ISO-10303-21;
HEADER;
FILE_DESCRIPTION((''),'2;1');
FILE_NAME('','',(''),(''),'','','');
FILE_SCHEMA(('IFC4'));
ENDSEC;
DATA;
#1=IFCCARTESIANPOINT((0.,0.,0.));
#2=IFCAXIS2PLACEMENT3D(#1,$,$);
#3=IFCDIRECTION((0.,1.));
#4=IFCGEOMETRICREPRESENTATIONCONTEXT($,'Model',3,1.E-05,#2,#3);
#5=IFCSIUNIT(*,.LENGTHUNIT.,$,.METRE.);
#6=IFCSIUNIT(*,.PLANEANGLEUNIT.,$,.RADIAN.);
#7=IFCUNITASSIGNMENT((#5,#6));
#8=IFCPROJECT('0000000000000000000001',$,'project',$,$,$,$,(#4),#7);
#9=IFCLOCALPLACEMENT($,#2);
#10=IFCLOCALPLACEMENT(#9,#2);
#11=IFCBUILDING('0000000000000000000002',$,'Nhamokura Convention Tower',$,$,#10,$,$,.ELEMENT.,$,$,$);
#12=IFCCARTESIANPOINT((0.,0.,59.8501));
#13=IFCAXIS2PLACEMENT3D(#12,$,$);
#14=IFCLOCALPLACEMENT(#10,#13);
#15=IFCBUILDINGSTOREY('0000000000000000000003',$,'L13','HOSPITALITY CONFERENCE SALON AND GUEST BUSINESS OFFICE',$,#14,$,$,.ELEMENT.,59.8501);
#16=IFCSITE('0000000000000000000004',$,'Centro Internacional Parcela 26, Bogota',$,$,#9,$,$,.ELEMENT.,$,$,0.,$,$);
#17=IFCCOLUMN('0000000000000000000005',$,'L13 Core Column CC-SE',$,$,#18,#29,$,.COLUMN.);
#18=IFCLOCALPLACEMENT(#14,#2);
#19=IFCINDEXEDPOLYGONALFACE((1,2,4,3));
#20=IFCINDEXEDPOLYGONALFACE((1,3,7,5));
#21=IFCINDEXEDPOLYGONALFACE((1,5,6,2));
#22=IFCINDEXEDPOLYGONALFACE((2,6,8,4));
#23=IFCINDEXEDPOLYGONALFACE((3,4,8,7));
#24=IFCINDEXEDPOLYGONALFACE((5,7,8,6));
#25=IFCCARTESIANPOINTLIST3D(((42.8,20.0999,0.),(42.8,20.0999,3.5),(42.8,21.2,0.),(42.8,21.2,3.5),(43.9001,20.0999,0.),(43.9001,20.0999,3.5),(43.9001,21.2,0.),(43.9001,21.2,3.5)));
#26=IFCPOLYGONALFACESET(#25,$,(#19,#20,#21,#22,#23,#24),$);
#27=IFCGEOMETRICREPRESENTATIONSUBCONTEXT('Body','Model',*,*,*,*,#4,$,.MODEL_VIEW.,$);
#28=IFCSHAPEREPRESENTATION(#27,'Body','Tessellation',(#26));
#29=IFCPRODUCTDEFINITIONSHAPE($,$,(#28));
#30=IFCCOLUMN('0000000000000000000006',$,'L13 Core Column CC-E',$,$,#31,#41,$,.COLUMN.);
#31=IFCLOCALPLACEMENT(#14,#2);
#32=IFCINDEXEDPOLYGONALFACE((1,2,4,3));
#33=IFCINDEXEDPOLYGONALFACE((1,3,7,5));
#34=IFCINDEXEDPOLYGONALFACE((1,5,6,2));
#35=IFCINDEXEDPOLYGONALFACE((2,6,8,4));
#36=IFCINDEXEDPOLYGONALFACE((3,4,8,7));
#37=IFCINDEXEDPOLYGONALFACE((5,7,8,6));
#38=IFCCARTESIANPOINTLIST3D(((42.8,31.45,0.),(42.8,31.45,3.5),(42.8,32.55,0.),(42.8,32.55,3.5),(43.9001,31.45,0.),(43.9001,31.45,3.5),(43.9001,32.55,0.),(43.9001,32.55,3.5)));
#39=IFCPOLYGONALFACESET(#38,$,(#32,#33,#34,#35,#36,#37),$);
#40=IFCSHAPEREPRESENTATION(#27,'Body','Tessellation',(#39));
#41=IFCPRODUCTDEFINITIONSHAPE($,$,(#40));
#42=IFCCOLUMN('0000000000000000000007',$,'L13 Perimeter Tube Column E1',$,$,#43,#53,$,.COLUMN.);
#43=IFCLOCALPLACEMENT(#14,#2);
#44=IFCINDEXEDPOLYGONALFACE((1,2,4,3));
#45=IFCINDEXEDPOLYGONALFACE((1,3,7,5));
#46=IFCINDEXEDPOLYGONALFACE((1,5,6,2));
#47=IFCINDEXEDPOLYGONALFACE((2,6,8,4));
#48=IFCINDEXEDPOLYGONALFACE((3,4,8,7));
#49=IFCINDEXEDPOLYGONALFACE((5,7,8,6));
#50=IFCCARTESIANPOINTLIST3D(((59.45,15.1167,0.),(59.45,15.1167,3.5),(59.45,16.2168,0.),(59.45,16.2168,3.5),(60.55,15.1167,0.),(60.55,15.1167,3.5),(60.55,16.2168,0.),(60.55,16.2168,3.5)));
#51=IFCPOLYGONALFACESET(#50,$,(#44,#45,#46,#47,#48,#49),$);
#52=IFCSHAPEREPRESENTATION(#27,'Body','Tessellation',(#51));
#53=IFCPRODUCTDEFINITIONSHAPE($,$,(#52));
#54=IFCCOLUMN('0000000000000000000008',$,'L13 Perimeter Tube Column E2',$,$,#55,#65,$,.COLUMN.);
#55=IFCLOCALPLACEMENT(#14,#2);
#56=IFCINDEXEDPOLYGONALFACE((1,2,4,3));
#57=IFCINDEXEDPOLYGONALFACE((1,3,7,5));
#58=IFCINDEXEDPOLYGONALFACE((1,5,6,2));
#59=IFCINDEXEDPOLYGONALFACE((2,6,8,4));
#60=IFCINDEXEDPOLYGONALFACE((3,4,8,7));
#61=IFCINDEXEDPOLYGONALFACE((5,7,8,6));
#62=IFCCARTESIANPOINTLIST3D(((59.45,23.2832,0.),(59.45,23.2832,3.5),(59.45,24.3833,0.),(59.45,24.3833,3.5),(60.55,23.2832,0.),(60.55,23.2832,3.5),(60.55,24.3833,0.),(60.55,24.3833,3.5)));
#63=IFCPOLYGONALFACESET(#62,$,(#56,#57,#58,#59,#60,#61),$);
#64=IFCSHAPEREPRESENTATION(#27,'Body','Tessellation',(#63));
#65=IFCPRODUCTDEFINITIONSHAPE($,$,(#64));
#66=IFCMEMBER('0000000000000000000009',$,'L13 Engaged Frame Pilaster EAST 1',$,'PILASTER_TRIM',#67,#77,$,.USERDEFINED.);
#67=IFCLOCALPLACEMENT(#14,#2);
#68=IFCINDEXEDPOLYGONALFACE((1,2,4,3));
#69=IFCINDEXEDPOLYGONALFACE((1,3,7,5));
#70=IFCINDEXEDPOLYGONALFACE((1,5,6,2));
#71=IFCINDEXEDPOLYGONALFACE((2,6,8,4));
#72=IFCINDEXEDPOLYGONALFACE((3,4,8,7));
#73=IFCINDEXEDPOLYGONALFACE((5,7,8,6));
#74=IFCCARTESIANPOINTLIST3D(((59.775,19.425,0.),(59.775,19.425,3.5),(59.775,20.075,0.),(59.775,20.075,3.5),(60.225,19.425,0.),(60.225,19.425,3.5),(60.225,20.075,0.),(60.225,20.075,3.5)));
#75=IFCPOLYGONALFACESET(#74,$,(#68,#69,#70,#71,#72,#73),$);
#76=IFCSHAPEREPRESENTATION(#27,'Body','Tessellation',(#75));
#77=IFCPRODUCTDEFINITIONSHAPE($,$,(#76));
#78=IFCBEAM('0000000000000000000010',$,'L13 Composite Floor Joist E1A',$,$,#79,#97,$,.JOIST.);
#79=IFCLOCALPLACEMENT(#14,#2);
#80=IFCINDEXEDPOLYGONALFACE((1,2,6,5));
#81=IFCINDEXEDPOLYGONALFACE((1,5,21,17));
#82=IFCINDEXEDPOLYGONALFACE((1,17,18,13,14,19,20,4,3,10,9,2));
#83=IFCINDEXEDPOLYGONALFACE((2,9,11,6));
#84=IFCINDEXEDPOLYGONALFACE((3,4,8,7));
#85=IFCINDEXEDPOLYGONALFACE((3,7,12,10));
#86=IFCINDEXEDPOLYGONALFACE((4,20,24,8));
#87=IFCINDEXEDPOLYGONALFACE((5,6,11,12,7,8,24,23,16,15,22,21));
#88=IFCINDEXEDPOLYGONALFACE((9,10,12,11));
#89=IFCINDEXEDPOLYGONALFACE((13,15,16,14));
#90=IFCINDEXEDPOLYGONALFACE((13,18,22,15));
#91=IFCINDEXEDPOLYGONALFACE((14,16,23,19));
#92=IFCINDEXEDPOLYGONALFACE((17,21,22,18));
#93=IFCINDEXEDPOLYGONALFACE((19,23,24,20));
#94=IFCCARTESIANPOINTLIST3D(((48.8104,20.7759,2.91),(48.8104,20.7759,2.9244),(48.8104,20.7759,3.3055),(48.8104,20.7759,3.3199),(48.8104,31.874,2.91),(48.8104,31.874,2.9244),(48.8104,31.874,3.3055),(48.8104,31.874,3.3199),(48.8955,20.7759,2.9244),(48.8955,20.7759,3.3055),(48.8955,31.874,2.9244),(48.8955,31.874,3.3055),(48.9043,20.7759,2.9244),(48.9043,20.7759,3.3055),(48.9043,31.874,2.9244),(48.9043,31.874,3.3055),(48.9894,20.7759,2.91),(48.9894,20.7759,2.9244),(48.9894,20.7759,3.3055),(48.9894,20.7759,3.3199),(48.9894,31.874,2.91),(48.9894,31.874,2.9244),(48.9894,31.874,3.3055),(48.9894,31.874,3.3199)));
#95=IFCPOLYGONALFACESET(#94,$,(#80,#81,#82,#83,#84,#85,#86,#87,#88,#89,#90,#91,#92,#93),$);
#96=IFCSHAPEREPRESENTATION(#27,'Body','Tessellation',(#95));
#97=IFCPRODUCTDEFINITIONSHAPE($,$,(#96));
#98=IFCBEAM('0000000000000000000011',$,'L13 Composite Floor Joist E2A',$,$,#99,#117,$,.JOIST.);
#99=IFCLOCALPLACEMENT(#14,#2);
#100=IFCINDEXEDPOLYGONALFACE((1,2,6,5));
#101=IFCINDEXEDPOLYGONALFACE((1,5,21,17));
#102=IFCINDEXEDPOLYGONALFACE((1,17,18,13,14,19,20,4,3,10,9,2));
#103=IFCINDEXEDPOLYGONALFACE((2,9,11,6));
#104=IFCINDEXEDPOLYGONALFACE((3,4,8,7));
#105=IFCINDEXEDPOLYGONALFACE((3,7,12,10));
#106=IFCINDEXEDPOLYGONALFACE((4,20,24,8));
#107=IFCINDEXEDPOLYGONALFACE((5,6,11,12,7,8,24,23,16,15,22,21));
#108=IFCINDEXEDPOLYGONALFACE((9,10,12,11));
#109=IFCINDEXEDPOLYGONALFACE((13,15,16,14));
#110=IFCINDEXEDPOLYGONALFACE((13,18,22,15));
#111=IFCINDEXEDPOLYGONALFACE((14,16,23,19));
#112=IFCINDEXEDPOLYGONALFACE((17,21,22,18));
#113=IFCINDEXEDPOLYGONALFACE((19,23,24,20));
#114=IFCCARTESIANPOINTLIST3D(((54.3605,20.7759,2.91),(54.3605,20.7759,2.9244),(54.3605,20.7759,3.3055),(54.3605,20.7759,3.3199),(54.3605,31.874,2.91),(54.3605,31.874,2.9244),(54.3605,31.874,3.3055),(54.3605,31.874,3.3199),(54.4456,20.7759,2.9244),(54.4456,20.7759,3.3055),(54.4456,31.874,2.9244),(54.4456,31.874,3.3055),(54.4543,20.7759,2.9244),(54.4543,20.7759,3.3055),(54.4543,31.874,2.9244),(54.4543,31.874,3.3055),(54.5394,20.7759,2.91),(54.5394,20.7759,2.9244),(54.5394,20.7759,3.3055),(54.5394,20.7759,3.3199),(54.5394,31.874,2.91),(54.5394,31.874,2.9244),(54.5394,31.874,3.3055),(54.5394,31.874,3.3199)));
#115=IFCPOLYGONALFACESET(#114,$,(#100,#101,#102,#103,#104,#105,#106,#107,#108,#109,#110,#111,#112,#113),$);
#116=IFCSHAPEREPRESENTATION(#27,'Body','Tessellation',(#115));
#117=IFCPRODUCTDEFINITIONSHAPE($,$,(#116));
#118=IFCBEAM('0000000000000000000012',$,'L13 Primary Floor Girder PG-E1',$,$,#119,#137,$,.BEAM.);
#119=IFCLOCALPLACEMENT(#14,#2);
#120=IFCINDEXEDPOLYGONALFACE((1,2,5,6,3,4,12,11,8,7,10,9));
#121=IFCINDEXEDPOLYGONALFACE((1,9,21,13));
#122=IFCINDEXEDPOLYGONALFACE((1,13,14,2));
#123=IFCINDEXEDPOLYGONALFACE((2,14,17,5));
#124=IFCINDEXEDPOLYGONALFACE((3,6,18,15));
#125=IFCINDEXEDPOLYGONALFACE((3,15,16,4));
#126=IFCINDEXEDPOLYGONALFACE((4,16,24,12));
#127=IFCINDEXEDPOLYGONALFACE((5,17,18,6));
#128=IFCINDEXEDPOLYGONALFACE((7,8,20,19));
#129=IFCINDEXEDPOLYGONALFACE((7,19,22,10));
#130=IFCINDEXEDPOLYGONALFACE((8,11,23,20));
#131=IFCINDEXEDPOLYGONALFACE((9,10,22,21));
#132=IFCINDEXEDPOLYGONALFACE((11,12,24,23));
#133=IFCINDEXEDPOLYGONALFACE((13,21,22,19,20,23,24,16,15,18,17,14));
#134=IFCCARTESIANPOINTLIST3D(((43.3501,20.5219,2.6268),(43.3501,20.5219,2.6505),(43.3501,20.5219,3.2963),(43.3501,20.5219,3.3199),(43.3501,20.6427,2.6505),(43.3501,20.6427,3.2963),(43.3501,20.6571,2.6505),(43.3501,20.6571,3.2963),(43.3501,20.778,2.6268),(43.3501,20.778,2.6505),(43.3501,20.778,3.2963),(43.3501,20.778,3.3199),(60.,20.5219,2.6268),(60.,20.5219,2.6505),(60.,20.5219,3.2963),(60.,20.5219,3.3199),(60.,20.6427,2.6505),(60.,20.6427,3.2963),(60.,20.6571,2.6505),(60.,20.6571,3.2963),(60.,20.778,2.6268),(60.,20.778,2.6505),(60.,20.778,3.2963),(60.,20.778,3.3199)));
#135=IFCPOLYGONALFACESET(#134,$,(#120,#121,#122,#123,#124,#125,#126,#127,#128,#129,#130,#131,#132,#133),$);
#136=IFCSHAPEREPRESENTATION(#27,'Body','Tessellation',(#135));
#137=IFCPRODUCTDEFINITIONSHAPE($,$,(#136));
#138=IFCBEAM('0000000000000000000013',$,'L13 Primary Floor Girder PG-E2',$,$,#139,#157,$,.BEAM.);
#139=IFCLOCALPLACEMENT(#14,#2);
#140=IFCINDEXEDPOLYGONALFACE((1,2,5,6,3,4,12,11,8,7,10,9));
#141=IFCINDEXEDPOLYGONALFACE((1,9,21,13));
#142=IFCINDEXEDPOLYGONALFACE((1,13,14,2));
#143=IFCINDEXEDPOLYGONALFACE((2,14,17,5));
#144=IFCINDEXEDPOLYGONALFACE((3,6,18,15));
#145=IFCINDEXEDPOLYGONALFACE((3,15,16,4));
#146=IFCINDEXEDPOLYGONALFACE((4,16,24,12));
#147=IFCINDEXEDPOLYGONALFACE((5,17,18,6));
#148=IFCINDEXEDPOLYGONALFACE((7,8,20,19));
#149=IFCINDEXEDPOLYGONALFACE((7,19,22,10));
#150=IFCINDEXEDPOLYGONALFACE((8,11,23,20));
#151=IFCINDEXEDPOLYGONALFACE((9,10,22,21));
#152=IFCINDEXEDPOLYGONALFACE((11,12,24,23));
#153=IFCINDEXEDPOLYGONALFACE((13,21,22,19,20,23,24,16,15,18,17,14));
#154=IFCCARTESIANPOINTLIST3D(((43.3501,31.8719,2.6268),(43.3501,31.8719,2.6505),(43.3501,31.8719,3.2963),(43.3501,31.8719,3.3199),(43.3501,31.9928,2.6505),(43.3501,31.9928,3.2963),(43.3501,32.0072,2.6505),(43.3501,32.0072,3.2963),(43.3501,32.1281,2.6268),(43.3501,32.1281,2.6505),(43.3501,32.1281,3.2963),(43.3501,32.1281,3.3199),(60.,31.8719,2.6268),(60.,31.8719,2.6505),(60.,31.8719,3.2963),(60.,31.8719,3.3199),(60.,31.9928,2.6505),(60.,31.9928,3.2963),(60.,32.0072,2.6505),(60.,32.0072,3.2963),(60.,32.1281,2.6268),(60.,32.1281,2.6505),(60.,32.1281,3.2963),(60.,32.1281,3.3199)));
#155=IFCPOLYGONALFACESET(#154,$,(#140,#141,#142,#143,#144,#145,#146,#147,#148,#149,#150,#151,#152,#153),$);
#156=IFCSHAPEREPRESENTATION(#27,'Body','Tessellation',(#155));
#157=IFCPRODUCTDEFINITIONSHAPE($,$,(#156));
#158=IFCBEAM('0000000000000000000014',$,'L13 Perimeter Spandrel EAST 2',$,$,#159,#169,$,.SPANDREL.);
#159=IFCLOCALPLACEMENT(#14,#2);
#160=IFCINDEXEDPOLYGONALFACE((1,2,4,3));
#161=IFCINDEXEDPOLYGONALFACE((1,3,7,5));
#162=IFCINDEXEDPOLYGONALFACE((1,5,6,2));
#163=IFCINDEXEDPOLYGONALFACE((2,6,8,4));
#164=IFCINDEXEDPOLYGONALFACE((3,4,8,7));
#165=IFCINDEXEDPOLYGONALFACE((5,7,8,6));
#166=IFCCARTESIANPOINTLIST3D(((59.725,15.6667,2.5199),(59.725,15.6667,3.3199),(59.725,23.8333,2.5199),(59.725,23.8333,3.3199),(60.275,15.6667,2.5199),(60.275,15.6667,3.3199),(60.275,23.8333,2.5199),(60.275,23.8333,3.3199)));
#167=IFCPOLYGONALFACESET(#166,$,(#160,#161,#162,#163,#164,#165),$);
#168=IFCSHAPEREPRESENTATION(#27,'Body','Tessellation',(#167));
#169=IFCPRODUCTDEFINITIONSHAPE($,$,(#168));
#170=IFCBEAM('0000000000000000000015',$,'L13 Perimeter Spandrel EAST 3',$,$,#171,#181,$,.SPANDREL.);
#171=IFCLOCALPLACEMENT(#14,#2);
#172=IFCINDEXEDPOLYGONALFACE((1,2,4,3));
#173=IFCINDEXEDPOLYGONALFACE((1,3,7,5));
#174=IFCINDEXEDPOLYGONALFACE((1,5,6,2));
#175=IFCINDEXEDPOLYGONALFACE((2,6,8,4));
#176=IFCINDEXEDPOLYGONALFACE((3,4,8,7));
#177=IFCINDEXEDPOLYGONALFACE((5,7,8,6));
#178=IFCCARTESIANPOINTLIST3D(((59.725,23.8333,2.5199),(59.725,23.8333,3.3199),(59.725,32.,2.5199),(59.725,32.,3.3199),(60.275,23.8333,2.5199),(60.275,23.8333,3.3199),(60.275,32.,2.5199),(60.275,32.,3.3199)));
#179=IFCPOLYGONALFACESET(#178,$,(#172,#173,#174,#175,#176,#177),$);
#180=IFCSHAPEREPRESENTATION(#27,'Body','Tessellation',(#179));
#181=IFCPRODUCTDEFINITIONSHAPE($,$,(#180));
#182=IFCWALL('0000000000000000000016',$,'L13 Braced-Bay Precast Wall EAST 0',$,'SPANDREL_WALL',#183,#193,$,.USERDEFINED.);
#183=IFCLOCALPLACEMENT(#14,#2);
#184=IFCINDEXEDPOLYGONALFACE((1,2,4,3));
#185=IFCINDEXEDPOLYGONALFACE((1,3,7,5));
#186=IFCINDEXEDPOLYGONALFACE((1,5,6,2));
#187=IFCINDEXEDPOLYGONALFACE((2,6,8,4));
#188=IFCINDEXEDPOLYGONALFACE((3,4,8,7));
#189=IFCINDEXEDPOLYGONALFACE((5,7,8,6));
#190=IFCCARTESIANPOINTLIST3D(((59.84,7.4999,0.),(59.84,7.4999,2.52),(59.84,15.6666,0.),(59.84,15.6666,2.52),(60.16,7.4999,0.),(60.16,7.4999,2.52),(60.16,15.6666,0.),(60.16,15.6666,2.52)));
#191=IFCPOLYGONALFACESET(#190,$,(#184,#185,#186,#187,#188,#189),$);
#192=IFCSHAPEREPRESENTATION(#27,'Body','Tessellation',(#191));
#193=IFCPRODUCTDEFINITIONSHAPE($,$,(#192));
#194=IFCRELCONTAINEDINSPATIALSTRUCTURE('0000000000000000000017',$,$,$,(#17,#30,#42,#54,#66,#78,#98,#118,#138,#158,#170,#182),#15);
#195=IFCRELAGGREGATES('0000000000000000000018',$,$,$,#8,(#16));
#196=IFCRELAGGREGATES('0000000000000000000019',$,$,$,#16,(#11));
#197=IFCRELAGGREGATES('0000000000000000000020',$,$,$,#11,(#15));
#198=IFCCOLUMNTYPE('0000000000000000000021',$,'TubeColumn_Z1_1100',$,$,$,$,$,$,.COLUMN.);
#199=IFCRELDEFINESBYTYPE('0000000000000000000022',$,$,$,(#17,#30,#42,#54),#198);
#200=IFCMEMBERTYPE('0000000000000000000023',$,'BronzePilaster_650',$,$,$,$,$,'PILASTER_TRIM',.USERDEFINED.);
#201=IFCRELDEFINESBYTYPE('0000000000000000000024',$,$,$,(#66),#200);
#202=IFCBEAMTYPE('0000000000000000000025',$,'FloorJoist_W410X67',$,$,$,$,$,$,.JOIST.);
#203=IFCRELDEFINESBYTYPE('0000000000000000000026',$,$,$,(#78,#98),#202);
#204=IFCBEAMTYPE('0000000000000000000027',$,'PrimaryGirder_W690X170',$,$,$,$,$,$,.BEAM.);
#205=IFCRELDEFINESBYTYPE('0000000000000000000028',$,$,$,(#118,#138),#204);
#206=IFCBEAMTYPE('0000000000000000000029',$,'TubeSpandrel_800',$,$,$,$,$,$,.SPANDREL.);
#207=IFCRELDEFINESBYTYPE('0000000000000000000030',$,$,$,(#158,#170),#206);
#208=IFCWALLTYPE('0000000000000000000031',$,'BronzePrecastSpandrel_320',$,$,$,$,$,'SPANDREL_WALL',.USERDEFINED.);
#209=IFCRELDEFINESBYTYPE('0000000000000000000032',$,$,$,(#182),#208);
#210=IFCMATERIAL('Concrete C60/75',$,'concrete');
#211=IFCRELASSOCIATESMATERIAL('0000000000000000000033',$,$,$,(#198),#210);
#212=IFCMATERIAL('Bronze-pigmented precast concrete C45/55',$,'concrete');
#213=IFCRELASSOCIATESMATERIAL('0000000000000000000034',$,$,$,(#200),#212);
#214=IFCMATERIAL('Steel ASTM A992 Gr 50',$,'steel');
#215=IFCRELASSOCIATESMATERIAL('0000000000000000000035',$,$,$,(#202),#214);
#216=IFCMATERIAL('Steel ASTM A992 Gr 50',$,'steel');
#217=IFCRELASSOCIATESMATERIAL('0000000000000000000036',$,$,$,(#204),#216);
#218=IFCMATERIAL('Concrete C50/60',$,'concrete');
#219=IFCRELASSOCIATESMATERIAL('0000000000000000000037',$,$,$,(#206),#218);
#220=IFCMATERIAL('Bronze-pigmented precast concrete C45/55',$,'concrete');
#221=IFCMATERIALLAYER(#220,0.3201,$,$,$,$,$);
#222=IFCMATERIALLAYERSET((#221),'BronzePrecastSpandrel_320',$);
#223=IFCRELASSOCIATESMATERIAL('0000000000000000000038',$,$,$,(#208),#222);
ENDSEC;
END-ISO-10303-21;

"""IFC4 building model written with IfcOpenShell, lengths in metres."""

from ifc_helpers import new_model, si_unit, direction, frame, frame_2d, origin, origin_2d, place, context, subcontext, project, spatial, rectangle, i_section, extrude, material, layer, layer_set, material_profile, profile_set, type_object, element, save


model = new_model("IFC4")

# Units and contexts
model_context = context("Model", 3, precision=1e-05, world=origin(), true_north=direction((0.0, 1.0)))
body_context = subcontext(model_context, "Body", "Model", "MODEL_VIEW")
ifc_project = project(units=[si_unit("LENGTHUNIT", "METRE"), si_unit("PLANEANGLEUNIT", "RADIAN")], contexts=[model_context])

# Site, building, storey
site_placement = place(None, origin())
site = spatial("IfcSite", under=ifc_project, at=site_placement, Name="Centro Internacional Parcela 26, Bogota", CompositionType="ELEMENT", RefElevation=0.0)
building_placement = place(site_placement, origin())
building = spatial("IfcBuilding", under=site, at=building_placement, Name="Nhamokura Convention Tower", CompositionType="ELEMENT")
storey_placement = place(building_placement, frame((0.0, 0.0, 59.8501)))
storey = spatial("IfcBuildingStorey", under=building, at=storey_placement, Name="L13", Description="HOSPITALITY CONFERENCE SALON AND GUEST BUSINESS OFFICE", CompositionType="ELEMENT", Elevation=59.8501)

# Columns
ifc_material_1 = material(Name="Concrete C60/75", Category="concrete")
ifc_material_profile_1 = material_profile(ifc_material_1, rectangle(XDim=1.1001, YDim=1.1001, at=origin_2d()))
ifc_profile_set_1 = profile_set([ifc_material_profile_1], Name="Concrete C60/75")
column_type = type_object("IfcColumnType", Name="TubeColumn_Z1_1100", PredefinedType="COLUMN", material=ifc_profile_set_1)
for number, where, z_axis, x_axis, name in (
    (1, (43.3501, 20.6499, 0.0), (0.0, 0.0, 1.0), (1.0, 0.0, 0.0), "L13 Core Column CC-SE"),
    (2, (43.3501, 32.0, 0.0), (0.0, 0.0, 1.0), (1.0, 0.0, 0.0), "L13 Core Column CC-E"),
    (3, (60.0, 15.6667, 0.0), (0.0, 0.0, 1.0), (1.0, 0.0, 0.0), "L13 Perimeter Tube Column E1"),
    (4, (60.0, 23.8333, 0.0), (0.0, 0.0, 1.0), (1.0, 0.0, 0.0), "L13 Perimeter Tube Column E2"),
):
    element("IfcColumn", number, at=place(storey_placement, frame(where, z_axis=z_axis, x_axis=x_axis)), inside=storey, type_object=column_type, Name=name, PredefinedType="COLUMN", context=body_context, shape_type="SweptSolid", body=[
        extrude(rectangle(XDim=1.1001, YDim=1.1001, at=origin_2d()), origin(), (0.0, 0.0, 1.0), 3.5),
    ])

# Member
ifc_material_2 = material(Name="Bronze-pigmented precast concrete C45/55", Category="concrete")
ifc_material_profile_2 = material_profile(ifc_material_2, rectangle(XDim=0.45, YDim=0.6499, at=origin_2d()))
ifc_profile_set_2 = profile_set([ifc_material_profile_2], Name="Bronze-pigmented precast concrete C45/55")
member_type = type_object("IfcMemberType", Name="BronzePilaster_650", ElementType="PILASTER_TRIM", PredefinedType="USERDEFINED", material=ifc_profile_set_2)
member_placement = place(storey_placement, frame((60.0, 19.75, 0.0), z_axis=(0.0, 0.0, 1.0), x_axis=(1.0, 0.0, 0.0)))
element("IfcMember", 5, at=member_placement, inside=storey, type_object=member_type, Name="L13 Engaged Frame Pilaster EAST 1", ObjectType="PILASTER_TRIM", PredefinedType="USERDEFINED", context=body_context, shape_type="SweptSolid", body=[
    extrude(rectangle(XDim=0.45, YDim=0.6499, at=origin_2d()), origin(), (0.0, 0.0, 1.0), 3.5),
])

# Beams
ifc_material_3 = material(Name="Steel ASTM A992 Gr 50", Category="steel")
ifc_material_profile_3 = material_profile(ifc_material_3, i_section(OverallWidth=0.179, OverallDepth=0.4099, WebThickness=0.0088, FlangeThickness=0.0144, at=origin_2d()))
ifc_profile_set_3 = profile_set([ifc_material_profile_3], Name="Steel ASTM A992 Gr 50")
beam_type_1 = type_object("IfcBeamType", Name="FloorJoist_W410X67", PredefinedType="JOIST", material=ifc_profile_set_3)
for number, where, z_axis, x_axis, name in (
    (6, (48.8999, 20.7759, 3.115), (0.0, 1.0, 0.0), (-1.0, 0.0, 0.0), "L13 Composite Floor Joist E1A"),
    (7, (54.45, 20.7759, 3.115), (0.0, 1.0, 0.0), (-1.0, 0.0, 0.0), "L13 Composite Floor Joist E2A"),
):
    element("IfcBeam", number, at=place(storey_placement, frame(where, z_axis=z_axis, x_axis=x_axis)), inside=storey, type_object=beam_type_1, Name=name, PredefinedType="JOIST", context=body_context, shape_type="SweptSolid", body=[
        extrude(i_section(OverallWidth=0.179, OverallDepth=0.4099, WebThickness=0.0088, FlangeThickness=0.0144, at=origin_2d()), origin(), (0.0, 0.0, 1.0), 11.0981),
    ])
ifc_material_4 = material(Name="Steel ASTM A992 Gr 50", Category="steel")
ifc_material_profile_4 = material_profile(ifc_material_4, i_section(OverallWidth=0.2561, OverallDepth=0.6931, WebThickness=0.0144, FlangeThickness=0.0237, at=origin_2d()))
ifc_profile_set_4 = profile_set([ifc_material_profile_4], Name="Steel ASTM A992 Gr 50")
beam_type_2 = type_object("IfcBeamType", Name="PrimaryGirder_W690X170", PredefinedType="BEAM", material=ifc_profile_set_4)
for number, where, z_axis, x_axis, name in (
    (8, (43.3501, 20.6499, 2.9734), (1.0, 0.0, 0.0), (0.0, 1.0, 0.0), "L13 Primary Floor Girder PG-E1"),
    (9, (43.3501, 32.0, 2.9734), (1.0, 0.0, 0.0), (0.0, 1.0, 0.0), "L13 Primary Floor Girder PG-E2"),
):
    element("IfcBeam", number, at=place(storey_placement, frame(where, z_axis=z_axis, x_axis=x_axis)), inside=storey, type_object=beam_type_2, Name=name, PredefinedType="BEAM", context=body_context, shape_type="SweptSolid", body=[
        extrude(i_section(OverallWidth=0.2561, OverallDepth=0.6931, WebThickness=0.0144, FlangeThickness=0.0237, at=origin_2d()), origin(), (0.0, 0.0, 1.0), 16.6499),
    ])
ifc_material_5 = material(Name="Concrete C50/60", Category="concrete")
ifc_material_profile_5 = material_profile(ifc_material_5, rectangle(XDim=0.55, YDim=0.8, at=origin_2d()))
ifc_profile_set_5 = profile_set([ifc_material_profile_5], Name="Concrete C50/60")
beam_type_3 = type_object("IfcBeamType", Name="TubeSpandrel_800", PredefinedType="SPANDREL", material=ifc_profile_set_5)
beam_1_placement = place(storey_placement, frame((60.0, 15.6667, 2.9199), z_axis=(0.0, 1.0, 0.0), x_axis=(-1.0, 0.0, 0.0)))
element("IfcBeam", 10, at=beam_1_placement, inside=storey, type_object=beam_type_3, Name="L13 Perimeter Spandrel EAST 2", PredefinedType="SPANDREL", context=body_context, shape_type="SweptSolid", body=[
    extrude(rectangle(XDim=0.55, YDim=0.8, at=origin_2d()), origin(), (0.0, 0.0, 1.0), 8.1665),
])
beam_2_placement = place(storey_placement, frame((60.0, 23.8333, 2.9199), z_axis=(0.0, 1.0, 0.0), x_axis=(-1.0, 0.0, 0.0)))
element("IfcBeam", 11, at=beam_2_placement, inside=storey, type_object=beam_type_3, Name="L13 Perimeter Spandrel EAST 3", PredefinedType="SPANDREL", context=body_context, shape_type="SweptSolid", body=[
    extrude(rectangle(XDim=0.55, YDim=0.8, at=origin_2d()), origin(), (0.0, 0.0, 1.0), 8.1667),
])

# Wall
ifc_material_6 = material(Name="Bronze-pigmented precast concrete C45/55", Category="concrete")
ifc_layer_1 = layer(ifc_material_6, 0.3201)
ifc_layer_set_1 = layer_set([ifc_layer_1], Name="BronzePrecastSpandrel_320")
wall_type_1 = type_object("IfcWallType", Name="BronzePrecastSpandrel_320", ElementType="SPANDREL_WALL", PredefinedType="USERDEFINED", material=ifc_layer_set_1)
wall_1_placement = place(storey_placement, frame((60.0, 15.6667, 0.0), z_axis=(0.0, 0.0, 1.0), x_axis=(0.0, -1.0, 0.0)))
element("IfcWall", 12, at=wall_1_placement, inside=storey, type_object=wall_type_1, Name="L13 Braced-Bay Precast Wall EAST 0", ObjectType="SPANDREL_WALL", PredefinedType="USERDEFINED", context=body_context, shape_type="SweptSolid", body=[
    extrude(rectangle(XDim=8.1667, YDim=0.3201, at=frame_2d((4.0835, 0.0))), origin(), (0.0, 0.0, 1.0), 2.52),
])

save(model, "model.ifc")
